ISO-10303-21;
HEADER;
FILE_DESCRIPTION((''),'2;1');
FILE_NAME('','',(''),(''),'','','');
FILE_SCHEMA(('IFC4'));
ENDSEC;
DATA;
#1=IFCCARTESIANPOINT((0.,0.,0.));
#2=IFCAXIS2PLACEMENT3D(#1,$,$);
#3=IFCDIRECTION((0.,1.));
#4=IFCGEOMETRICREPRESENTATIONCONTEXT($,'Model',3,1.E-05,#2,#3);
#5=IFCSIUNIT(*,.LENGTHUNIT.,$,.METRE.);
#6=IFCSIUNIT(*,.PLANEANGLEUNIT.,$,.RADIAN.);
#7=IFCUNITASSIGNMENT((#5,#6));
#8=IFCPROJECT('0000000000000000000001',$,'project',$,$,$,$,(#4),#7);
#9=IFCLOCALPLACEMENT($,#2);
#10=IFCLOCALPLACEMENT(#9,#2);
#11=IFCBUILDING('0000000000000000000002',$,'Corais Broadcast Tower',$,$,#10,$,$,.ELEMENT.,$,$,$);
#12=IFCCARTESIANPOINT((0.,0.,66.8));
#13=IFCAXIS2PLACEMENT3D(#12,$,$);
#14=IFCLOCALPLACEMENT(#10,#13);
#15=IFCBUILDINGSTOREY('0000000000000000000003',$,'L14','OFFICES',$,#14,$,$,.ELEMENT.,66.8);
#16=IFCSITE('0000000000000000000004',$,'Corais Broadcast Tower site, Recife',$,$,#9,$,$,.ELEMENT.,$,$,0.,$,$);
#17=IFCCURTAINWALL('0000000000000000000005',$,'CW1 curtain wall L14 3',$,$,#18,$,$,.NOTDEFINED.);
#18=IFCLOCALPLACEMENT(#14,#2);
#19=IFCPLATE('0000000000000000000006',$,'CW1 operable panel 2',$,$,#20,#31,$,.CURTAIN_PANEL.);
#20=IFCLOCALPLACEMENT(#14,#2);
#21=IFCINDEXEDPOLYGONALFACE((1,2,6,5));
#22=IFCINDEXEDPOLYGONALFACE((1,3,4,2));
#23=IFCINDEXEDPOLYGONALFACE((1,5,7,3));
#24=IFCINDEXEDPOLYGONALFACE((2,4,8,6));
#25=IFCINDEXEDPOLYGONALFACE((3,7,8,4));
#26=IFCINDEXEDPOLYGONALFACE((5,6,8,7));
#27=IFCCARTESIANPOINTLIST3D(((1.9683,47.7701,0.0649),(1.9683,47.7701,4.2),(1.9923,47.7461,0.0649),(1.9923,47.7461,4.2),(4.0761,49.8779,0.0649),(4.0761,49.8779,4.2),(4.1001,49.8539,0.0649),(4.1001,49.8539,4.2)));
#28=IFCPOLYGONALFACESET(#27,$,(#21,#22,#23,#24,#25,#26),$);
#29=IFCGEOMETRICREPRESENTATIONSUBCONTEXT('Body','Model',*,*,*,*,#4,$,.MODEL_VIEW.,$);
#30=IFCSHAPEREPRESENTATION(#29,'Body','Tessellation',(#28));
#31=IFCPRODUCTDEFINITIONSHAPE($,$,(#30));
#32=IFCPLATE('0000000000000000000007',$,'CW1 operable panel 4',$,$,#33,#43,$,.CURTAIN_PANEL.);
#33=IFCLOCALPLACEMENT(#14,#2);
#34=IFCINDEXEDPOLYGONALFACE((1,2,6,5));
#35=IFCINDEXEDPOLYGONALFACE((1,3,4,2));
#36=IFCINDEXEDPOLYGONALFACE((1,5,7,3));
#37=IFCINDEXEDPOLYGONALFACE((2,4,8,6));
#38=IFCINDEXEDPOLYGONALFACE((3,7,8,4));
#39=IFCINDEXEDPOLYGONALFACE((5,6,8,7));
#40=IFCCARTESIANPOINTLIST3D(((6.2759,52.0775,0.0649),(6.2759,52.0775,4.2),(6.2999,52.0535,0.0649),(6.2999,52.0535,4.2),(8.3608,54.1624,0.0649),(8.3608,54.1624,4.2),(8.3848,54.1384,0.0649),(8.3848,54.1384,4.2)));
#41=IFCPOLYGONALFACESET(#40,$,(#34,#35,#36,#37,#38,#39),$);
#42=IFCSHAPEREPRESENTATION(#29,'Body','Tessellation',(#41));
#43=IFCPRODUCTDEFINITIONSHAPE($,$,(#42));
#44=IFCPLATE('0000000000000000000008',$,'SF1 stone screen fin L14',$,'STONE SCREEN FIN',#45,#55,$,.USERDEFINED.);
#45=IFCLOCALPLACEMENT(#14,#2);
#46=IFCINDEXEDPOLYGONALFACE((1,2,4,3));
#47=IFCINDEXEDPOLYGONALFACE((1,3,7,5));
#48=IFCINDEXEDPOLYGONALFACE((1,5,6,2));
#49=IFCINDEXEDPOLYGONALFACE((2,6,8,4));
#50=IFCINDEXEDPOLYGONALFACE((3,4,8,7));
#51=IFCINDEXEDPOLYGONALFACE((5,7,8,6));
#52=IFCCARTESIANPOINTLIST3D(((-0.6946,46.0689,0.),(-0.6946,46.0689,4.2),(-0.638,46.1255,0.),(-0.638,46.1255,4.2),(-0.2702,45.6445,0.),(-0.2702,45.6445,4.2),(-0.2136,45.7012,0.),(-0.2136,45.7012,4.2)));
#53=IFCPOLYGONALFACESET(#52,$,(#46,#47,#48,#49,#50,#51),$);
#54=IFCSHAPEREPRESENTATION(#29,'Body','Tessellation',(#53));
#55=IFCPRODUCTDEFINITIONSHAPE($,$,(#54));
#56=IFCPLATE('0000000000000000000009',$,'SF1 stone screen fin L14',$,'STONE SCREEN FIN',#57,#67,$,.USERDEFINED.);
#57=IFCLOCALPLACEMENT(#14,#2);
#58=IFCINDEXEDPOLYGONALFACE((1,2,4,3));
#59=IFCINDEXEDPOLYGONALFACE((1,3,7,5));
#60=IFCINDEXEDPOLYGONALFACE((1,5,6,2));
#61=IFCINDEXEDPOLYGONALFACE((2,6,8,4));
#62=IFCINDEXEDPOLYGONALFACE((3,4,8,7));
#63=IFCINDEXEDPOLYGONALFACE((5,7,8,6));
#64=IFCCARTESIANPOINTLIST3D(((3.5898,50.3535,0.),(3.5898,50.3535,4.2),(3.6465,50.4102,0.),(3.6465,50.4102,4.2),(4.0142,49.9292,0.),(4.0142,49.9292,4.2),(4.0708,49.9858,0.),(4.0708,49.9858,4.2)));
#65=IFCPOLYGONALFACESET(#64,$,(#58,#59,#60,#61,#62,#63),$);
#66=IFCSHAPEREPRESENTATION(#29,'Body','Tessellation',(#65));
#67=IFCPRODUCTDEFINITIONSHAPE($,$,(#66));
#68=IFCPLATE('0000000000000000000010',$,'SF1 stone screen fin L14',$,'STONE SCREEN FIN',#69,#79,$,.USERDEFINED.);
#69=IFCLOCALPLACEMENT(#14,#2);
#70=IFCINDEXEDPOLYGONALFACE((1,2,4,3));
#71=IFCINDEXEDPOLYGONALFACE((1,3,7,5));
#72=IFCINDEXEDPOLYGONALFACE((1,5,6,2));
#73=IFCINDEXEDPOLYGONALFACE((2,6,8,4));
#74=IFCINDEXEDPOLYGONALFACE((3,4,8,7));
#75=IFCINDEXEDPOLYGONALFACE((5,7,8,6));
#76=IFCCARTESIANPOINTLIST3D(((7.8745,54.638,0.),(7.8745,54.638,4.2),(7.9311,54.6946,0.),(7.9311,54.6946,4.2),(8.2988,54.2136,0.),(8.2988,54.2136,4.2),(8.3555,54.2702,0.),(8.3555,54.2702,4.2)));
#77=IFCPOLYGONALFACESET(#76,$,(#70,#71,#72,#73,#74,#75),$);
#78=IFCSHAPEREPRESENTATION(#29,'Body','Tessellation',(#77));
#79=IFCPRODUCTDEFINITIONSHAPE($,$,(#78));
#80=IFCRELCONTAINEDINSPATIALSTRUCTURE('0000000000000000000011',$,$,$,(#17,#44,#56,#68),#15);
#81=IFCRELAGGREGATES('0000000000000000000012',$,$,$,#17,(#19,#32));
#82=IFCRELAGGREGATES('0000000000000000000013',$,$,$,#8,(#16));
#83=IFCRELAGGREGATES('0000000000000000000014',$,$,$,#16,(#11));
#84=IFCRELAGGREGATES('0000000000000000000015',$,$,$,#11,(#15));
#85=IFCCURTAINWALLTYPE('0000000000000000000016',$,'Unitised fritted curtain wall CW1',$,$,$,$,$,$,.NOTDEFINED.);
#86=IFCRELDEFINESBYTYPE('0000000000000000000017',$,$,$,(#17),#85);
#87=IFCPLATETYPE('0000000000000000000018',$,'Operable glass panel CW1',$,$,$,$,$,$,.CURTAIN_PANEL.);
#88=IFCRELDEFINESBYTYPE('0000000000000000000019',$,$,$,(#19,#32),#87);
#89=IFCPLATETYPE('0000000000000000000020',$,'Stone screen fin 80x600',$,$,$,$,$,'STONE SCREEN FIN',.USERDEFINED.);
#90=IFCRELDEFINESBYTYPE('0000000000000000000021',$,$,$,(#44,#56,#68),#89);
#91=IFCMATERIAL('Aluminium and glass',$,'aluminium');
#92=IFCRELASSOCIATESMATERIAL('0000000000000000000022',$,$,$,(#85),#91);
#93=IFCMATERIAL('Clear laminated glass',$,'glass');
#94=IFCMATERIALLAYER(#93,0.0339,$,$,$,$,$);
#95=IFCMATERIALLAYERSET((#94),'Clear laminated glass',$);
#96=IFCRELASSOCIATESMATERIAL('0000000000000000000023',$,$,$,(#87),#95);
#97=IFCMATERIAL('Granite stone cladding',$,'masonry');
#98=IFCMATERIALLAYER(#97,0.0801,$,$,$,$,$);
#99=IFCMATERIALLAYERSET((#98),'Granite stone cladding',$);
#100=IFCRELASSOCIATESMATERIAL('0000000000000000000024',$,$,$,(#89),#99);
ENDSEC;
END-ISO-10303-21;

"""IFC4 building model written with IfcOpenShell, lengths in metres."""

from ifc_helpers import new_model, si_unit, direction, frame, origin, origin_2d, place, context, subcontext, project, spatial, rectangle, extrude, material, layer, layer_set, type_object, element, aggregate, save


model = new_model("IFC4")

# Units and contexts
model_context = context("Model", 3, precision=1e-05, world=origin(), true_north=direction((0.0, 1.0)))
body_context = subcontext(model_context, "Body", "Model", "MODEL_VIEW")
ifc_project = project(units=[si_unit("LENGTHUNIT", "METRE"), si_unit("PLANEANGLEUNIT", "RADIAN")], contexts=[model_context])

# Site, building, storey
site_placement = place(None, origin())
site = spatial("IfcSite", under=ifc_project, at=site_placement, Name="Corais Broadcast Tower site, Recife", CompositionType="ELEMENT", RefElevation=0.0)
building_placement = place(site_placement, origin())
building = spatial("IfcBuilding", under=site, at=building_placement, Name="Corais Broadcast Tower", CompositionType="ELEMENT")
storey_placement = place(building_placement, frame((0.0, 0.0, 66.8)))
storey = spatial("IfcBuildingStorey", under=building, at=storey_placement, Name="L14", Description="OFFICES", CompositionType="ELEMENT", Elevation=66.8)

# Shared definitions
ifc_material_1 = material(Name="Aluminium and glass", Category="aluminium")
curtain_wall_type = type_object("IfcCurtainWallType", Name="Unitised fritted curtain wall CW1", PredefinedType="NOTDEFINED", material=ifc_material_1)

# Curtain wall
curtain_wall_1_placement = place(storey_placement, origin())
curtain_wall_1 = element("IfcCurtainWall", 1, at=curtain_wall_1_placement, inside=storey, type_object=curtain_wall_type, Name="CW1 curtain wall L14 3", PredefinedType="NOTDEFINED")

# Plates
ifc_material_2 = material(Name="Clear laminated glass", Category="glass")
ifc_layer_1 = layer(ifc_material_2, 0.0339)
ifc_layer_set_1 = layer_set([ifc_layer_1], Name="Clear laminated glass")
plate_type_1 = type_object("IfcPlateType", Name="Operable glass panel CW1", PredefinedType="CURTAIN_PANEL", material=ifc_layer_set_1)
plate_1_placement = place(storey_placement, frame((3.0342, 48.812, 0.0649), z_axis=(0.0, 0.0, 1.0), x_axis=(0.707107, 0.707107, 0.0)))
plate_1 = element("IfcPlate", 2, at=plate_1_placement, type_object=plate_type_1, Name="CW1 operable panel 2", PredefinedType="CURTAIN_PANEL", context=body_context, shape_type="SweptSolid", body=[
    extrude(rectangle(XDim=2.981, YDim=0.0339, at=origin_2d()), origin(), (0.0, 0.0, 1.0), 4.135),
])
plate_2_placement = place(storey_placement, frame((7.3303, 53.1079, 0.0649), z_axis=(0.0, 0.0, 1.0), x_axis=(0.707107, 0.707107, 0.0)))
plate_2 = element("IfcPlate", 3, at=plate_2_placement, type_object=plate_type_1, Name="CW1 operable panel 4", PredefinedType="CURTAIN_PANEL", context=body_context, shape_type="SweptSolid", body=[
    extrude(rectangle(XDim=2.9485, YDim=0.0339, at=origin_2d()), origin(), (0.0, 0.0, 1.0), 4.135),
])
aggregate(curtain_wall_1, [plate_1, plate_2])

# Plates
ifc_material_3 = material(Name="Granite stone cladding", Category="masonry")
ifc_layer_2 = layer(ifc_material_3, 0.0801)
ifc_layer_set_2 = layer_set([ifc_layer_2], Name="Granite stone cladding")
plate_type_2 = type_object("IfcPlateType", Name="Stone screen fin 80x600", ElementType="STONE SCREEN FIN", PredefinedType="USERDEFINED", material=ifc_layer_set_2)
for number, where, z_axis, x_axis, name in (
    (4, (-0.4541, 45.885, 0.0), (0.0, 0.0, 1.0), (0.707107, 0.707107, 0.0), "SF1 stone screen fin L14"),
    (5, (3.8303, 50.1697, 0.0), (0.0, 0.0, 1.0), (0.707107, 0.707107, 0.0), "SF1 stone screen fin L14"),
    (6, (8.115, 54.4541, 0.0), (0.0, 0.0, 1.0), (0.707107, 0.707107, 0.0), "SF1 stone screen fin L14"),
):
    element("IfcPlate", number, at=place(storey_placement, frame(where, z_axis=z_axis, x_axis=x_axis)), inside=storey, type_object=plate_type_2, Name=name, ObjectType="STONE SCREEN FIN", PredefinedType="USERDEFINED", context=body_context, shape_type="SweptSolid", body=[
        extrude(rectangle(XDim=0.0801, YDim=0.6001, at=origin_2d()), origin(), (0.0, 0.0, 1.0), 4.2),
    ])

save(model, "model.ifc")
